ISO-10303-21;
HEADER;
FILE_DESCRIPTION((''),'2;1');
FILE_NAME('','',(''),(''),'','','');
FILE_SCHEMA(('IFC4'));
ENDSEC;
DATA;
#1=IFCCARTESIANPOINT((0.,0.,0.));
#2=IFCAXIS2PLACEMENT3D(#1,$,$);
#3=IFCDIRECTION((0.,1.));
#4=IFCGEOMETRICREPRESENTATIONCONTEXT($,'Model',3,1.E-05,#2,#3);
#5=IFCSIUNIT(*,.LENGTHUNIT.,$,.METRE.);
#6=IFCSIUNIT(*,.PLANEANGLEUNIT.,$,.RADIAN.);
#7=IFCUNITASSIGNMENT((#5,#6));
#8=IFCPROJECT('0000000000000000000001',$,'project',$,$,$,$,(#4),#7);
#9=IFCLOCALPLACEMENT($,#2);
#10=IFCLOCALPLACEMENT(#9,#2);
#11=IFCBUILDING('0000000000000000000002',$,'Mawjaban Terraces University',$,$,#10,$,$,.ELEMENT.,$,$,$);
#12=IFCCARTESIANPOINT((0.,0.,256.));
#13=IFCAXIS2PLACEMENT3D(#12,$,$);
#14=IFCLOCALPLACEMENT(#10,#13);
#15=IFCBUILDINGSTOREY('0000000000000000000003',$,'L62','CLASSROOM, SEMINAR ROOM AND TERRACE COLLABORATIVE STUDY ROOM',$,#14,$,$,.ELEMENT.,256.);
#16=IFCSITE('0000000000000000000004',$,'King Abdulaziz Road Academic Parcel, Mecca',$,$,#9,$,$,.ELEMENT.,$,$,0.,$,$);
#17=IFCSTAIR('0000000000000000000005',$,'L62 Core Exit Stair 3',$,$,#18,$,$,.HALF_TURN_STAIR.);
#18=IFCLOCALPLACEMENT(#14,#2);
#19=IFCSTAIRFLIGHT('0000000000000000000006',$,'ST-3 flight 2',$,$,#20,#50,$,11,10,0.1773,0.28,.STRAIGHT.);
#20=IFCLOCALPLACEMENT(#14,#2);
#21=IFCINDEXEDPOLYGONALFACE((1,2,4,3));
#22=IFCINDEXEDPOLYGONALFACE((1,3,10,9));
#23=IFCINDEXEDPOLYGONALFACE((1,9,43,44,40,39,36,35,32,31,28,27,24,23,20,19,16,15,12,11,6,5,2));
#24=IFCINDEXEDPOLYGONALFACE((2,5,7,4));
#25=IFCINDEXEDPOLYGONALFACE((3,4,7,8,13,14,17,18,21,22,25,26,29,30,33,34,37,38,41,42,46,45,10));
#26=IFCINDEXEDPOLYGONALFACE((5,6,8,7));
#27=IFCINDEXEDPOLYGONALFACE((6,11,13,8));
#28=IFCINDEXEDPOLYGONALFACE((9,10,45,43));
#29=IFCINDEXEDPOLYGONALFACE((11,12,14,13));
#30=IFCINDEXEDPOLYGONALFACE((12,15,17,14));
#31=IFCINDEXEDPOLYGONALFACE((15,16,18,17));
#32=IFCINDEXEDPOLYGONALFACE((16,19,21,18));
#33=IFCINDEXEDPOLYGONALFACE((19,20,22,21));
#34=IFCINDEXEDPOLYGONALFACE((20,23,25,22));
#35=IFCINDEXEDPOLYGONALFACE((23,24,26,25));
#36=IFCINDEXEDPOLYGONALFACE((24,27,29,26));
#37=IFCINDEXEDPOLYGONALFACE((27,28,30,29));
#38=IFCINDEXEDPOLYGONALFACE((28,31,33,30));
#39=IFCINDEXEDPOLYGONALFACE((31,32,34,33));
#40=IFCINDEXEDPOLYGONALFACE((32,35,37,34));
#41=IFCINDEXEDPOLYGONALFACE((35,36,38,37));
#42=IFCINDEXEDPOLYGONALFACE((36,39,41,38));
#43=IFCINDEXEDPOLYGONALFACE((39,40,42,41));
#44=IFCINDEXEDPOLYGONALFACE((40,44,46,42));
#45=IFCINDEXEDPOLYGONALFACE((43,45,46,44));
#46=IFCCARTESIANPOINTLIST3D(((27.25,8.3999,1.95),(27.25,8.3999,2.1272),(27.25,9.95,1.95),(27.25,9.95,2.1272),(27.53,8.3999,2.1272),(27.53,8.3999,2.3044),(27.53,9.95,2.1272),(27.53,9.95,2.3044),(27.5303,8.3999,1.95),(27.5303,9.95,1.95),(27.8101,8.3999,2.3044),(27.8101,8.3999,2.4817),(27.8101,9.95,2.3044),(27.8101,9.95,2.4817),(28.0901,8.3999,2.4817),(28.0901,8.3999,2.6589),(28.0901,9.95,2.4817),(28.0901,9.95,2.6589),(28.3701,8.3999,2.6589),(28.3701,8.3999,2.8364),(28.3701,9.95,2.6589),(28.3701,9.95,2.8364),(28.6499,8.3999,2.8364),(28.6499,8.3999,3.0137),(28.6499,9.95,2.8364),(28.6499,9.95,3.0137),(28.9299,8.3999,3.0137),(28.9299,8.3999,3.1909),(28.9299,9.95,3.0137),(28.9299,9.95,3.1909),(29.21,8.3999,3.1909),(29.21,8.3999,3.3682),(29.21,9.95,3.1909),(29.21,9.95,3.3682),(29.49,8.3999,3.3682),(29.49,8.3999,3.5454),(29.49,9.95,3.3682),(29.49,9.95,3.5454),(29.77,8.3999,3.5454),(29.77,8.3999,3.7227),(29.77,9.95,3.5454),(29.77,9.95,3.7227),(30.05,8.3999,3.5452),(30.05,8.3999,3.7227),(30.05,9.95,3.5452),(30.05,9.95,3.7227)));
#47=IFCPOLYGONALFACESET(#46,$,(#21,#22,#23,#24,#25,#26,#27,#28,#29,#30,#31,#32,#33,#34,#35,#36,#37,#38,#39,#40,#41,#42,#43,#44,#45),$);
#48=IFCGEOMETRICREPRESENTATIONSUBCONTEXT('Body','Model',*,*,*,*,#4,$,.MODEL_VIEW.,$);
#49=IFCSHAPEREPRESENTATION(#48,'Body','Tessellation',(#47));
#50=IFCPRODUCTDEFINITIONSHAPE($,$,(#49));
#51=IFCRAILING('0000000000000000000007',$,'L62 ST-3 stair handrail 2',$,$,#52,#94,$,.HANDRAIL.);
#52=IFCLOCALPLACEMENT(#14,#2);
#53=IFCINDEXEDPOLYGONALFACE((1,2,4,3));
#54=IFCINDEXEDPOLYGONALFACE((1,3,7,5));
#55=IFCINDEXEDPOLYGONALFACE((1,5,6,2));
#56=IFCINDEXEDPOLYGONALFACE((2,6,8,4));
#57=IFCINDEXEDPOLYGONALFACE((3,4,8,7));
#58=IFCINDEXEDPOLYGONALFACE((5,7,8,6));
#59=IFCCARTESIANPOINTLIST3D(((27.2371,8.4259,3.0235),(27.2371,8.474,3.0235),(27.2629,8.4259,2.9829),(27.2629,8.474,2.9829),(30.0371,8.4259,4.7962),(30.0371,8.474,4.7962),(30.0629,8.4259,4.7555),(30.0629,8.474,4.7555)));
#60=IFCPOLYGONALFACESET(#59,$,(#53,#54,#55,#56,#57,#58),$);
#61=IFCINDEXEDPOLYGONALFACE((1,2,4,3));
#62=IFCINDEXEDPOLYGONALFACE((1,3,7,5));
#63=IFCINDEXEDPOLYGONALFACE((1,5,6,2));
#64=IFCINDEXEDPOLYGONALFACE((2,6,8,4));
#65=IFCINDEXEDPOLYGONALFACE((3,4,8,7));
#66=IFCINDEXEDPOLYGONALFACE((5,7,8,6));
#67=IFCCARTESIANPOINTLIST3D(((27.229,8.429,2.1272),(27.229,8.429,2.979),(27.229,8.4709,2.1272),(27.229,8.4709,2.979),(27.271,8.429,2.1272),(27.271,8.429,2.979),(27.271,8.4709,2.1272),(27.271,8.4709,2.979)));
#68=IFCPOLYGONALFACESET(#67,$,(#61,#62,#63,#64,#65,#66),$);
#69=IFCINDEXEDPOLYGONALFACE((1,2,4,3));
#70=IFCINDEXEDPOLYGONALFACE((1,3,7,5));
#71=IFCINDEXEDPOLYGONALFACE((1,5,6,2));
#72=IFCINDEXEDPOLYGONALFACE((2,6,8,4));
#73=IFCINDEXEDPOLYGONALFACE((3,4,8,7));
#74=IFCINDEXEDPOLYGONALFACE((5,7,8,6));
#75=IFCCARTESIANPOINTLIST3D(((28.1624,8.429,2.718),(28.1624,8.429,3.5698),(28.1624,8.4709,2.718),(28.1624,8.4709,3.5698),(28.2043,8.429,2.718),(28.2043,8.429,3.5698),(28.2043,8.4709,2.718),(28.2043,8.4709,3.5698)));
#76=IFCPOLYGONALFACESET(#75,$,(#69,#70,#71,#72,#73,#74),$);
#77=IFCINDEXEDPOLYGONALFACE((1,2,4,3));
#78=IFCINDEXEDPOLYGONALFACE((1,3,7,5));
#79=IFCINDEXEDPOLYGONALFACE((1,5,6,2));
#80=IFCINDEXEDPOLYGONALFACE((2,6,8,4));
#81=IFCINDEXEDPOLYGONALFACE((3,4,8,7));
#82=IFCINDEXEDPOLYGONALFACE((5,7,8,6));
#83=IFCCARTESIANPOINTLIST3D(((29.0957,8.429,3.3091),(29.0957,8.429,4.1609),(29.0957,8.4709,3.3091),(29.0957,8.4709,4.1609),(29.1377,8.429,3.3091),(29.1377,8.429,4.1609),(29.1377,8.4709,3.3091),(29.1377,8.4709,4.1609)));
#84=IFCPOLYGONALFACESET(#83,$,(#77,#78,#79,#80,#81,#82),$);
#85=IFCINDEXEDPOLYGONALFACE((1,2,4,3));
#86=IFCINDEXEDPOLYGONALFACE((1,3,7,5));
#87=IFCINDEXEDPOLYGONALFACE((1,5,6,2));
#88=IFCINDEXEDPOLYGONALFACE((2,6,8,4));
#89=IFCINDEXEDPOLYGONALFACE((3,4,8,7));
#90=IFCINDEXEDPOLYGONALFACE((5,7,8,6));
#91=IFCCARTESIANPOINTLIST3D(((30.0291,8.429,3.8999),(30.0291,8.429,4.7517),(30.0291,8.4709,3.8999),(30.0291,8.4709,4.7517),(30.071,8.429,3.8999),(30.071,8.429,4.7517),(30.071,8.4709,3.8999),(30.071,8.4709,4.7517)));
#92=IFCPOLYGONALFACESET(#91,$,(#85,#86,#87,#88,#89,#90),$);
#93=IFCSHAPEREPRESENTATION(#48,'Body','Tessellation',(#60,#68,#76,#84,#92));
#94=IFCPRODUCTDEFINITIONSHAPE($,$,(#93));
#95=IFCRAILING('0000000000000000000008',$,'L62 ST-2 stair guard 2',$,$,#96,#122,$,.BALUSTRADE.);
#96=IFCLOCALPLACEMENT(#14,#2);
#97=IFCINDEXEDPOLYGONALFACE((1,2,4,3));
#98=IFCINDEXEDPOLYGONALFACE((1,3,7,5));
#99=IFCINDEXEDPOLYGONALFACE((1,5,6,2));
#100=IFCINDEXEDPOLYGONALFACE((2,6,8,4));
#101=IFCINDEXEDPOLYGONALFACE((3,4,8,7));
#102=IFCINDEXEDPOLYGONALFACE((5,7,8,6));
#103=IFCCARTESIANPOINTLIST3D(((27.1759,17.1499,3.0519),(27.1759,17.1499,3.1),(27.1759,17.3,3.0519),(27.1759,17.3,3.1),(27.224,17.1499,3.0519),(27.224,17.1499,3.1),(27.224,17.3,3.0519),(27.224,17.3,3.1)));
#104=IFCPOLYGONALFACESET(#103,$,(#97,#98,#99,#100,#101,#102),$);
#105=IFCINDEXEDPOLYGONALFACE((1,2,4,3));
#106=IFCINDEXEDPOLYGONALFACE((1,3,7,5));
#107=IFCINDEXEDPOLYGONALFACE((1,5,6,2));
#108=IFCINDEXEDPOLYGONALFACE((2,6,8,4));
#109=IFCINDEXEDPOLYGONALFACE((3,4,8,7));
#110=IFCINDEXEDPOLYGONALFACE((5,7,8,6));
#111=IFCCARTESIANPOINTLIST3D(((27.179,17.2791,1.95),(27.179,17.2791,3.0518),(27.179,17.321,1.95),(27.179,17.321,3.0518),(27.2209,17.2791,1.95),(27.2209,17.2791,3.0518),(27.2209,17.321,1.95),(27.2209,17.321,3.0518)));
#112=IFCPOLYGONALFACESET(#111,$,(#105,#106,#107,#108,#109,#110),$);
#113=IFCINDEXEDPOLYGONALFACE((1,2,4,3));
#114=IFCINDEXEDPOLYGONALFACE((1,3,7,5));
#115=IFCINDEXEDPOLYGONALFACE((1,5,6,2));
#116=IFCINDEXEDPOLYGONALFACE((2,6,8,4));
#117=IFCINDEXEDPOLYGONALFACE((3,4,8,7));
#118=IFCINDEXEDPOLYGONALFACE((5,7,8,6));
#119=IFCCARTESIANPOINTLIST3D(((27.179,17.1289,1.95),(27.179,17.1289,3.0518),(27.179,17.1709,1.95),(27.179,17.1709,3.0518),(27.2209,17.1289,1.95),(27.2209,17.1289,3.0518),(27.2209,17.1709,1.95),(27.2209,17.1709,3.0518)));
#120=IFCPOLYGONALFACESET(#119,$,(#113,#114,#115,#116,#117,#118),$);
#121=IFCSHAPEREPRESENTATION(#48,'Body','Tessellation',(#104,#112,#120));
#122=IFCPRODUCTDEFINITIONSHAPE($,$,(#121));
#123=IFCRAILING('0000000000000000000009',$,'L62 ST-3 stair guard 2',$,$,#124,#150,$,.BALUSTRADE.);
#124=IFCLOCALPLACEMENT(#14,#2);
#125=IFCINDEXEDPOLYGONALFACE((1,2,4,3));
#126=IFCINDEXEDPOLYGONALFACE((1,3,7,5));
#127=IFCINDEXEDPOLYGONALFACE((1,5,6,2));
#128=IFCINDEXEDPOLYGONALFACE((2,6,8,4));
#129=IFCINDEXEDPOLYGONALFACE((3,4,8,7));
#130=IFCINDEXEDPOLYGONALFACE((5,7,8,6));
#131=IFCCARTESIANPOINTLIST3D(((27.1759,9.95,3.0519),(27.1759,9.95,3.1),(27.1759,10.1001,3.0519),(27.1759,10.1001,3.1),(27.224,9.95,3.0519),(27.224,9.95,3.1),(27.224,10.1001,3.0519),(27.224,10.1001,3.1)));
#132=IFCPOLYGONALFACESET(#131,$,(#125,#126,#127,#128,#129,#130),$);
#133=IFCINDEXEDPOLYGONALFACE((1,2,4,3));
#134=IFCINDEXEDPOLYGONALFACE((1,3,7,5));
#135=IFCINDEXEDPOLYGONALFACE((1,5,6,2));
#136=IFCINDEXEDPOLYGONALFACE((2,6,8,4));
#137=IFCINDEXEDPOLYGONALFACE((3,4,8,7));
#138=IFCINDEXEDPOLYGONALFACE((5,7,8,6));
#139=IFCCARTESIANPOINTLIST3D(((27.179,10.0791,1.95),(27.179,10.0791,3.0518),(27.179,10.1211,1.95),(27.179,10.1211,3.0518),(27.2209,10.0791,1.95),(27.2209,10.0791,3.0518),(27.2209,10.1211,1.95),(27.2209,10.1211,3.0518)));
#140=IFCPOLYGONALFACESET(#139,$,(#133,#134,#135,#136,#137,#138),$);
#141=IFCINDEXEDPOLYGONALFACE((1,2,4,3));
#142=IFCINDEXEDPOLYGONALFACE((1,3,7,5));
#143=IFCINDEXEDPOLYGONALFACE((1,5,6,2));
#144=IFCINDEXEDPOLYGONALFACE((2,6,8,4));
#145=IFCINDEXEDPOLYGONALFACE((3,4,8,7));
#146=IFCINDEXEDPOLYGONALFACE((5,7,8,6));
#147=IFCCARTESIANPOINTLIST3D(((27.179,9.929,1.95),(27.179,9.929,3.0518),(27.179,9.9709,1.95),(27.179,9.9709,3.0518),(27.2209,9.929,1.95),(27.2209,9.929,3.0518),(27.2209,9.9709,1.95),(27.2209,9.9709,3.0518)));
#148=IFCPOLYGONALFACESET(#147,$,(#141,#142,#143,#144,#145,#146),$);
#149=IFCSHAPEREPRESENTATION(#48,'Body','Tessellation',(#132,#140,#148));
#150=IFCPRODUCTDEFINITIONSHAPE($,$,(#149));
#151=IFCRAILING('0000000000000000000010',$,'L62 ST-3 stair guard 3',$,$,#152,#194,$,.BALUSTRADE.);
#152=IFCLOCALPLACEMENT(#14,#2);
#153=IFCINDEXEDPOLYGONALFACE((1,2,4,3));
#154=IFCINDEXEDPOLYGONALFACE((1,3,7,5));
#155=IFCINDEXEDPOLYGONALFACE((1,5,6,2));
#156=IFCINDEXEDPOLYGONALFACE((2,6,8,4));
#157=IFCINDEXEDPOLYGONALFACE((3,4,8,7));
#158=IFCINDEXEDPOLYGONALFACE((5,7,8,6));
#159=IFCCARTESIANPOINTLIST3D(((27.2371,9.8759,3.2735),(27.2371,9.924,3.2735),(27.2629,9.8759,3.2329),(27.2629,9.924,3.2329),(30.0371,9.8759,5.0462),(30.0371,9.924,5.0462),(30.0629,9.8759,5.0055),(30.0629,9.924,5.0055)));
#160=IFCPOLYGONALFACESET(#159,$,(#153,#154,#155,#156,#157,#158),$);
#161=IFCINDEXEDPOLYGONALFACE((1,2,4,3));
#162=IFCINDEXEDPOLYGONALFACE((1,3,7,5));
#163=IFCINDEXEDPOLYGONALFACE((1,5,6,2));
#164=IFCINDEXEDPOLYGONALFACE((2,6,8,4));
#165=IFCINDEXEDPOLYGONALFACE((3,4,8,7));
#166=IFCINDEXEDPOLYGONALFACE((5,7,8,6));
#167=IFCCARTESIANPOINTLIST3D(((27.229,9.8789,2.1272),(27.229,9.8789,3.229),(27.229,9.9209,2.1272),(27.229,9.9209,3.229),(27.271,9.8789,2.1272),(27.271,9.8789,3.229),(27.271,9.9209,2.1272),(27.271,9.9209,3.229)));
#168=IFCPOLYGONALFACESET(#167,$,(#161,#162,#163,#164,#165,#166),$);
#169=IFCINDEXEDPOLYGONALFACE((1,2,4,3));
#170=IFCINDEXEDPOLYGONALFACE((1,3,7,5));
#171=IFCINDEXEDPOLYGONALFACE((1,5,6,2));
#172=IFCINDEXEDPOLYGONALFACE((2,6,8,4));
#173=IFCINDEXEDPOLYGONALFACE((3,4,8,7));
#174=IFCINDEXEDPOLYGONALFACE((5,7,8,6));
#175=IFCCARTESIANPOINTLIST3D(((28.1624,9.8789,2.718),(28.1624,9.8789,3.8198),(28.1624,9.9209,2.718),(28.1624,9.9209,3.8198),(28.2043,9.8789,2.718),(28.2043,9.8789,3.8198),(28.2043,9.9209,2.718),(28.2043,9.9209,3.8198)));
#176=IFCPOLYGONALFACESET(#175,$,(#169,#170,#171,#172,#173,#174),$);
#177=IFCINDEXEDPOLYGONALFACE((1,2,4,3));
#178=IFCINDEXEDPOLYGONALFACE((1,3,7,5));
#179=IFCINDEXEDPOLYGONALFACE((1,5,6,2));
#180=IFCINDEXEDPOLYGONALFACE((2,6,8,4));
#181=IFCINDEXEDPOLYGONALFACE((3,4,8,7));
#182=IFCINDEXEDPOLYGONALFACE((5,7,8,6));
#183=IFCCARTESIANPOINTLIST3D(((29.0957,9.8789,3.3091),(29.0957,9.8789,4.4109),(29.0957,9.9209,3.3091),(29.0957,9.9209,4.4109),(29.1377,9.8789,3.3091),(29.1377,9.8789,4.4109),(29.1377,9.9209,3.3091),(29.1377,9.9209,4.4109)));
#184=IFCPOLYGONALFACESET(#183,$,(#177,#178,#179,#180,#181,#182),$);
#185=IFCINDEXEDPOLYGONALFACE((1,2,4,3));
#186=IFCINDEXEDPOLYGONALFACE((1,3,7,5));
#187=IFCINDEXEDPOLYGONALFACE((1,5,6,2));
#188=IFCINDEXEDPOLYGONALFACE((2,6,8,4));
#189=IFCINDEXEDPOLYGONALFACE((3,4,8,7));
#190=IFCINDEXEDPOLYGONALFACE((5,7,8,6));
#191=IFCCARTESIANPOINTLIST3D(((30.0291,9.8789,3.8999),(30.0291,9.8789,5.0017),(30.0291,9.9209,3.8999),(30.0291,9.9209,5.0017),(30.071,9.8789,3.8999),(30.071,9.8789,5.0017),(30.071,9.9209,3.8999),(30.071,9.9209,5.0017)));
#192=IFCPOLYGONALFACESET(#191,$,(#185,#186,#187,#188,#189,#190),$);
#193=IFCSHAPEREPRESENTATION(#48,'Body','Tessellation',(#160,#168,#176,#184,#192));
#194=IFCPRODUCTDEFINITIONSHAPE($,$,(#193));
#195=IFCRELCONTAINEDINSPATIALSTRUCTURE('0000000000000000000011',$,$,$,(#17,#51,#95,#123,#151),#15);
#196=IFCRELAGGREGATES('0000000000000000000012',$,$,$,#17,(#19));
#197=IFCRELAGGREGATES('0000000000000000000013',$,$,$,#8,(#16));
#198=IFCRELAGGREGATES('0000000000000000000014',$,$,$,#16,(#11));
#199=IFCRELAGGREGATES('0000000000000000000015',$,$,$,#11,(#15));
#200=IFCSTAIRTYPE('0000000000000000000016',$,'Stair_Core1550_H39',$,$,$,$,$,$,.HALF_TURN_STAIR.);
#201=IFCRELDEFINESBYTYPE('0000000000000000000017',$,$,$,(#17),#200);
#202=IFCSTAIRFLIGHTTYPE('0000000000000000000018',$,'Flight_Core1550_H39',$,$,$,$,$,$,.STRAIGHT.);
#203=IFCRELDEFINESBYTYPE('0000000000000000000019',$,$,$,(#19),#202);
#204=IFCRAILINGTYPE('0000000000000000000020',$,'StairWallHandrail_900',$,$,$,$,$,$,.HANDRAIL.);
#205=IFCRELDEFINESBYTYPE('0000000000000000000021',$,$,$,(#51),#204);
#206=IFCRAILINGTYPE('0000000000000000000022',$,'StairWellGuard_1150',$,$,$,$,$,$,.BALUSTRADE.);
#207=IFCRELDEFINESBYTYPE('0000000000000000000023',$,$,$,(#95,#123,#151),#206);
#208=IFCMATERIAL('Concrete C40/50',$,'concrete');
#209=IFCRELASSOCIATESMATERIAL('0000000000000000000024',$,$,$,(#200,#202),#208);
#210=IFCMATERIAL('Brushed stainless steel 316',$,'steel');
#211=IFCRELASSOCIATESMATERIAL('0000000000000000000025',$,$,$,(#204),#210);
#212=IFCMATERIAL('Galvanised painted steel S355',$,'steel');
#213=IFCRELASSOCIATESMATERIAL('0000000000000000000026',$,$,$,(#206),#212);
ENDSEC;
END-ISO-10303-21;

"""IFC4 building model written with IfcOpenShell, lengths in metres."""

from ifc_helpers import new_model, si_unit, direction, frame, origin, origin_2d, place, context, subcontext, project, spatial, polyline, rectangle, outline, extrude, material, type_object, element, aggregate, save


model = new_model("IFC4")

# Units and contexts
model_context = context("Model", 3, precision=1e-05, world=origin(), true_north=direction((0.0, 1.0)))
body_context = subcontext(model_context, "Body", "Model", "MODEL_VIEW")
ifc_project = project(units=[si_unit("LENGTHUNIT", "METRE"), si_unit("PLANEANGLEUNIT", "RADIAN")], contexts=[model_context])

# Site, building, storey
site_placement = place(None, origin())
site = spatial("IfcSite", under=ifc_project, at=site_placement, Name="King Abdulaziz Road Academic Parcel, Mecca", CompositionType="ELEMENT", RefElevation=0.0)
building_placement = place(site_placement, origin())
building = spatial("IfcBuilding", under=site, at=building_placement, Name="Mawjaban Terraces University", CompositionType="ELEMENT")
storey_placement = place(building_placement, frame((0.0, 0.0, 256.0)))
storey = spatial("IfcBuildingStorey", under=building, at=storey_placement, Name="L62", Description="CLASSROOM, SEMINAR ROOM AND TERRACE COLLABORATIVE STUDY ROOM", CompositionType="ELEMENT", Elevation=256.0)

# Shared definitions
ifc_material_1 = material(Name="Concrete C40/50", Category="concrete")

# Stair, stair flight
stair_type = type_object("IfcStairType", Name="Stair_Core1550_H39", PredefinedType="HALF_TURN_STAIR", material=ifc_material_1)
stair_placement = place(storey_placement, origin())
stair = element("IfcStair", 1, at=stair_placement, inside=storey, type_object=stair_type, Name="L62 Core Exit Stair 3", PredefinedType="HALF_TURN_STAIR")
stair_flight_type = type_object("IfcStairFlightType", Name="Flight_Core1550_H39", PredefinedType="STRAIGHT", material=ifc_material_1)
stair_flight_placement = place(storey_placement, frame((27.25, 9.175, 1.95), z_axis=(0.0, 0.0, 1.0), x_axis=(1.0, 0.0, 0.0)))
stair_flight = element("IfcStairFlight", 2, at=stair_flight_placement, type_object=stair_flight_type, Name="ST-3 flight 2", NumberOfRisers=11, NumberOfTreads=10, PredefinedType="STRAIGHT", RiserHeight=0.1773, TreadLength=0.28, context=body_context, shape_type="SweptSolid", body=[
    extrude(outline(polyline([(0.0, 0.0), (0.0, 0.1772), (0.28, 0.1772), (0.28, 0.3545), (0.5601, 0.3545), (0.5601, 0.5317), (0.8401, 0.5317), (0.8401, 0.709), (1.1201, 0.709), (1.1201, 0.8865), (1.3999, 0.8865), (1.3999, 1.0637), (1.6799, 1.0637), (1.6799, 1.241), (1.96, 1.241), (1.96, 1.4182), (2.24, 1.4182), (2.24, 1.5955), (2.52, 1.5955), (2.52, 1.7727), (2.8, 1.7727), (2.8, 1.95), (2.8, 1.5952), (0.2803, 0.0), (0.0, 0.0)])), frame((0.0, 0.7749, 0.0), z_axis=(0.0, -1.0, 0.0), x_axis=(1.0, 0.0, 0.0)), (0.0, 0.0, 1.0), 1.55),
])
aggregate(stair, [stair_flight])

# Railings
ifc_material_2 = material(Name="Brushed stainless steel 316", Category="steel")
railing_type_1 = type_object("IfcRailingType", Name="StairWallHandrail_900", PredefinedType="HANDRAIL", material=ifc_material_2)
railing_1_placement = place(storey_placement, frame((27.25, 8.45, 2.1272)))
element("IfcRailing", 3, at=railing_1_placement, inside=storey, type_object=railing_type_1, Name="L62 ST-3 stair handrail 2", PredefinedType="HANDRAIL", context=body_context, shape_type="SweptSolid", body=[
    extrude(rectangle(XDim=0.0481, YDim=0.0481, at=origin_2d()), frame((0.0, 0.0, 0.876), z_axis=(0.844909, 0.0, 0.53491), x_axis=(0.0, 1.0, 0.0)), (0.0, 0.0, 1.0), 3.314),
    extrude(rectangle(XDim=0.042, YDim=0.042, at=origin_2d()), origin(), (0.0, 0.0, 1.0), 0.8518),
    extrude(rectangle(XDim=0.042, YDim=0.042, at=origin_2d()), frame((0.9333, 0.0, 0.5908)), (0.0, 0.0, 1.0), 0.8518),
    extrude(rectangle(XDim=0.042, YDim=0.042, at=origin_2d()), frame((1.8667, 0.0, 1.1819)), (0.0, 0.0, 1.0), 0.8518),
    extrude(rectangle(XDim=0.042, YDim=0.042, at=origin_2d()), frame((2.8, 0.0, 1.7727)), (0.0, 0.0, 1.0), 0.8518),
])
ifc_material_3 = material(Name="Galvanised painted steel S355", Category="steel")
railing_type_2 = type_object("IfcRailingType", Name="StairWellGuard_1150", PredefinedType="BALUSTRADE", material=ifc_material_3)
for number, where, name in (
    (4, (27.2, 17.3, 1.95), "L62 ST-2 stair guard 2"),
    (5, (27.2, 10.1001, 1.95), "L62 ST-3 stair guard 2"),
):
    element("IfcRailing", number, at=place(storey_placement, frame(where)), inside=storey, type_object=railing_type_2, Name=name, PredefinedType="BALUSTRADE", context=body_context, shape_type="SweptSolid", body=[
        extrude(rectangle(XDim=0.0481, YDim=0.0481, at=origin_2d()), frame((0.0, 0.0, 1.126), z_axis=(0.0, -1.0, 0.0), x_axis=(1.0, 0.0, 0.0)), (0.0, 0.0, 1.0), 0.1501),
        extrude(rectangle(XDim=0.042, YDim=0.042, at=origin_2d()), origin(), (0.0, 0.0, 1.0), 1.1018),
        extrude(rectangle(XDim=0.042, YDim=0.042, at=origin_2d()), frame((0.0, -0.1501, 0.0)), (0.0, 0.0, 1.0), 1.1018),
    ])
railing_2_placement = place(storey_placement, frame((27.25, 9.8999, 2.1272)))
element("IfcRailing", 6, at=railing_2_placement, inside=storey, type_object=railing_type_2, Name="L62 ST-3 stair guard 3", PredefinedType="BALUSTRADE", context=body_context, shape_type="SweptSolid", body=[
    extrude(rectangle(XDim=0.0481, YDim=0.0481, at=origin_2d()), frame((0.0, 0.0, 1.126), z_axis=(0.844909, 0.0, 0.53491), x_axis=(0.0, 1.0, 0.0)), (0.0, 0.0, 1.0), 3.314),
    extrude(rectangle(XDim=0.042, YDim=0.042, at=origin_2d()), origin(), (0.0, 0.0, 1.0), 1.1018),
    extrude(rectangle(XDim=0.042, YDim=0.042, at=origin_2d()), frame((0.9333, 0.0, 0.5908)), (0.0, 0.0, 1.0), 1.1018),
    extrude(rectangle(XDim=0.042, YDim=0.042, at=origin_2d()), frame((1.8667, 0.0, 1.1819)), (0.0, 0.0, 1.0), 1.1018),
    extrude(rectangle(XDim=0.042, YDim=0.042, at=origin_2d()), frame((2.8, 0.0, 1.7727)), (0.0, 0.0, 1.0), 1.1018),
])

save(model, "model.ifc")
